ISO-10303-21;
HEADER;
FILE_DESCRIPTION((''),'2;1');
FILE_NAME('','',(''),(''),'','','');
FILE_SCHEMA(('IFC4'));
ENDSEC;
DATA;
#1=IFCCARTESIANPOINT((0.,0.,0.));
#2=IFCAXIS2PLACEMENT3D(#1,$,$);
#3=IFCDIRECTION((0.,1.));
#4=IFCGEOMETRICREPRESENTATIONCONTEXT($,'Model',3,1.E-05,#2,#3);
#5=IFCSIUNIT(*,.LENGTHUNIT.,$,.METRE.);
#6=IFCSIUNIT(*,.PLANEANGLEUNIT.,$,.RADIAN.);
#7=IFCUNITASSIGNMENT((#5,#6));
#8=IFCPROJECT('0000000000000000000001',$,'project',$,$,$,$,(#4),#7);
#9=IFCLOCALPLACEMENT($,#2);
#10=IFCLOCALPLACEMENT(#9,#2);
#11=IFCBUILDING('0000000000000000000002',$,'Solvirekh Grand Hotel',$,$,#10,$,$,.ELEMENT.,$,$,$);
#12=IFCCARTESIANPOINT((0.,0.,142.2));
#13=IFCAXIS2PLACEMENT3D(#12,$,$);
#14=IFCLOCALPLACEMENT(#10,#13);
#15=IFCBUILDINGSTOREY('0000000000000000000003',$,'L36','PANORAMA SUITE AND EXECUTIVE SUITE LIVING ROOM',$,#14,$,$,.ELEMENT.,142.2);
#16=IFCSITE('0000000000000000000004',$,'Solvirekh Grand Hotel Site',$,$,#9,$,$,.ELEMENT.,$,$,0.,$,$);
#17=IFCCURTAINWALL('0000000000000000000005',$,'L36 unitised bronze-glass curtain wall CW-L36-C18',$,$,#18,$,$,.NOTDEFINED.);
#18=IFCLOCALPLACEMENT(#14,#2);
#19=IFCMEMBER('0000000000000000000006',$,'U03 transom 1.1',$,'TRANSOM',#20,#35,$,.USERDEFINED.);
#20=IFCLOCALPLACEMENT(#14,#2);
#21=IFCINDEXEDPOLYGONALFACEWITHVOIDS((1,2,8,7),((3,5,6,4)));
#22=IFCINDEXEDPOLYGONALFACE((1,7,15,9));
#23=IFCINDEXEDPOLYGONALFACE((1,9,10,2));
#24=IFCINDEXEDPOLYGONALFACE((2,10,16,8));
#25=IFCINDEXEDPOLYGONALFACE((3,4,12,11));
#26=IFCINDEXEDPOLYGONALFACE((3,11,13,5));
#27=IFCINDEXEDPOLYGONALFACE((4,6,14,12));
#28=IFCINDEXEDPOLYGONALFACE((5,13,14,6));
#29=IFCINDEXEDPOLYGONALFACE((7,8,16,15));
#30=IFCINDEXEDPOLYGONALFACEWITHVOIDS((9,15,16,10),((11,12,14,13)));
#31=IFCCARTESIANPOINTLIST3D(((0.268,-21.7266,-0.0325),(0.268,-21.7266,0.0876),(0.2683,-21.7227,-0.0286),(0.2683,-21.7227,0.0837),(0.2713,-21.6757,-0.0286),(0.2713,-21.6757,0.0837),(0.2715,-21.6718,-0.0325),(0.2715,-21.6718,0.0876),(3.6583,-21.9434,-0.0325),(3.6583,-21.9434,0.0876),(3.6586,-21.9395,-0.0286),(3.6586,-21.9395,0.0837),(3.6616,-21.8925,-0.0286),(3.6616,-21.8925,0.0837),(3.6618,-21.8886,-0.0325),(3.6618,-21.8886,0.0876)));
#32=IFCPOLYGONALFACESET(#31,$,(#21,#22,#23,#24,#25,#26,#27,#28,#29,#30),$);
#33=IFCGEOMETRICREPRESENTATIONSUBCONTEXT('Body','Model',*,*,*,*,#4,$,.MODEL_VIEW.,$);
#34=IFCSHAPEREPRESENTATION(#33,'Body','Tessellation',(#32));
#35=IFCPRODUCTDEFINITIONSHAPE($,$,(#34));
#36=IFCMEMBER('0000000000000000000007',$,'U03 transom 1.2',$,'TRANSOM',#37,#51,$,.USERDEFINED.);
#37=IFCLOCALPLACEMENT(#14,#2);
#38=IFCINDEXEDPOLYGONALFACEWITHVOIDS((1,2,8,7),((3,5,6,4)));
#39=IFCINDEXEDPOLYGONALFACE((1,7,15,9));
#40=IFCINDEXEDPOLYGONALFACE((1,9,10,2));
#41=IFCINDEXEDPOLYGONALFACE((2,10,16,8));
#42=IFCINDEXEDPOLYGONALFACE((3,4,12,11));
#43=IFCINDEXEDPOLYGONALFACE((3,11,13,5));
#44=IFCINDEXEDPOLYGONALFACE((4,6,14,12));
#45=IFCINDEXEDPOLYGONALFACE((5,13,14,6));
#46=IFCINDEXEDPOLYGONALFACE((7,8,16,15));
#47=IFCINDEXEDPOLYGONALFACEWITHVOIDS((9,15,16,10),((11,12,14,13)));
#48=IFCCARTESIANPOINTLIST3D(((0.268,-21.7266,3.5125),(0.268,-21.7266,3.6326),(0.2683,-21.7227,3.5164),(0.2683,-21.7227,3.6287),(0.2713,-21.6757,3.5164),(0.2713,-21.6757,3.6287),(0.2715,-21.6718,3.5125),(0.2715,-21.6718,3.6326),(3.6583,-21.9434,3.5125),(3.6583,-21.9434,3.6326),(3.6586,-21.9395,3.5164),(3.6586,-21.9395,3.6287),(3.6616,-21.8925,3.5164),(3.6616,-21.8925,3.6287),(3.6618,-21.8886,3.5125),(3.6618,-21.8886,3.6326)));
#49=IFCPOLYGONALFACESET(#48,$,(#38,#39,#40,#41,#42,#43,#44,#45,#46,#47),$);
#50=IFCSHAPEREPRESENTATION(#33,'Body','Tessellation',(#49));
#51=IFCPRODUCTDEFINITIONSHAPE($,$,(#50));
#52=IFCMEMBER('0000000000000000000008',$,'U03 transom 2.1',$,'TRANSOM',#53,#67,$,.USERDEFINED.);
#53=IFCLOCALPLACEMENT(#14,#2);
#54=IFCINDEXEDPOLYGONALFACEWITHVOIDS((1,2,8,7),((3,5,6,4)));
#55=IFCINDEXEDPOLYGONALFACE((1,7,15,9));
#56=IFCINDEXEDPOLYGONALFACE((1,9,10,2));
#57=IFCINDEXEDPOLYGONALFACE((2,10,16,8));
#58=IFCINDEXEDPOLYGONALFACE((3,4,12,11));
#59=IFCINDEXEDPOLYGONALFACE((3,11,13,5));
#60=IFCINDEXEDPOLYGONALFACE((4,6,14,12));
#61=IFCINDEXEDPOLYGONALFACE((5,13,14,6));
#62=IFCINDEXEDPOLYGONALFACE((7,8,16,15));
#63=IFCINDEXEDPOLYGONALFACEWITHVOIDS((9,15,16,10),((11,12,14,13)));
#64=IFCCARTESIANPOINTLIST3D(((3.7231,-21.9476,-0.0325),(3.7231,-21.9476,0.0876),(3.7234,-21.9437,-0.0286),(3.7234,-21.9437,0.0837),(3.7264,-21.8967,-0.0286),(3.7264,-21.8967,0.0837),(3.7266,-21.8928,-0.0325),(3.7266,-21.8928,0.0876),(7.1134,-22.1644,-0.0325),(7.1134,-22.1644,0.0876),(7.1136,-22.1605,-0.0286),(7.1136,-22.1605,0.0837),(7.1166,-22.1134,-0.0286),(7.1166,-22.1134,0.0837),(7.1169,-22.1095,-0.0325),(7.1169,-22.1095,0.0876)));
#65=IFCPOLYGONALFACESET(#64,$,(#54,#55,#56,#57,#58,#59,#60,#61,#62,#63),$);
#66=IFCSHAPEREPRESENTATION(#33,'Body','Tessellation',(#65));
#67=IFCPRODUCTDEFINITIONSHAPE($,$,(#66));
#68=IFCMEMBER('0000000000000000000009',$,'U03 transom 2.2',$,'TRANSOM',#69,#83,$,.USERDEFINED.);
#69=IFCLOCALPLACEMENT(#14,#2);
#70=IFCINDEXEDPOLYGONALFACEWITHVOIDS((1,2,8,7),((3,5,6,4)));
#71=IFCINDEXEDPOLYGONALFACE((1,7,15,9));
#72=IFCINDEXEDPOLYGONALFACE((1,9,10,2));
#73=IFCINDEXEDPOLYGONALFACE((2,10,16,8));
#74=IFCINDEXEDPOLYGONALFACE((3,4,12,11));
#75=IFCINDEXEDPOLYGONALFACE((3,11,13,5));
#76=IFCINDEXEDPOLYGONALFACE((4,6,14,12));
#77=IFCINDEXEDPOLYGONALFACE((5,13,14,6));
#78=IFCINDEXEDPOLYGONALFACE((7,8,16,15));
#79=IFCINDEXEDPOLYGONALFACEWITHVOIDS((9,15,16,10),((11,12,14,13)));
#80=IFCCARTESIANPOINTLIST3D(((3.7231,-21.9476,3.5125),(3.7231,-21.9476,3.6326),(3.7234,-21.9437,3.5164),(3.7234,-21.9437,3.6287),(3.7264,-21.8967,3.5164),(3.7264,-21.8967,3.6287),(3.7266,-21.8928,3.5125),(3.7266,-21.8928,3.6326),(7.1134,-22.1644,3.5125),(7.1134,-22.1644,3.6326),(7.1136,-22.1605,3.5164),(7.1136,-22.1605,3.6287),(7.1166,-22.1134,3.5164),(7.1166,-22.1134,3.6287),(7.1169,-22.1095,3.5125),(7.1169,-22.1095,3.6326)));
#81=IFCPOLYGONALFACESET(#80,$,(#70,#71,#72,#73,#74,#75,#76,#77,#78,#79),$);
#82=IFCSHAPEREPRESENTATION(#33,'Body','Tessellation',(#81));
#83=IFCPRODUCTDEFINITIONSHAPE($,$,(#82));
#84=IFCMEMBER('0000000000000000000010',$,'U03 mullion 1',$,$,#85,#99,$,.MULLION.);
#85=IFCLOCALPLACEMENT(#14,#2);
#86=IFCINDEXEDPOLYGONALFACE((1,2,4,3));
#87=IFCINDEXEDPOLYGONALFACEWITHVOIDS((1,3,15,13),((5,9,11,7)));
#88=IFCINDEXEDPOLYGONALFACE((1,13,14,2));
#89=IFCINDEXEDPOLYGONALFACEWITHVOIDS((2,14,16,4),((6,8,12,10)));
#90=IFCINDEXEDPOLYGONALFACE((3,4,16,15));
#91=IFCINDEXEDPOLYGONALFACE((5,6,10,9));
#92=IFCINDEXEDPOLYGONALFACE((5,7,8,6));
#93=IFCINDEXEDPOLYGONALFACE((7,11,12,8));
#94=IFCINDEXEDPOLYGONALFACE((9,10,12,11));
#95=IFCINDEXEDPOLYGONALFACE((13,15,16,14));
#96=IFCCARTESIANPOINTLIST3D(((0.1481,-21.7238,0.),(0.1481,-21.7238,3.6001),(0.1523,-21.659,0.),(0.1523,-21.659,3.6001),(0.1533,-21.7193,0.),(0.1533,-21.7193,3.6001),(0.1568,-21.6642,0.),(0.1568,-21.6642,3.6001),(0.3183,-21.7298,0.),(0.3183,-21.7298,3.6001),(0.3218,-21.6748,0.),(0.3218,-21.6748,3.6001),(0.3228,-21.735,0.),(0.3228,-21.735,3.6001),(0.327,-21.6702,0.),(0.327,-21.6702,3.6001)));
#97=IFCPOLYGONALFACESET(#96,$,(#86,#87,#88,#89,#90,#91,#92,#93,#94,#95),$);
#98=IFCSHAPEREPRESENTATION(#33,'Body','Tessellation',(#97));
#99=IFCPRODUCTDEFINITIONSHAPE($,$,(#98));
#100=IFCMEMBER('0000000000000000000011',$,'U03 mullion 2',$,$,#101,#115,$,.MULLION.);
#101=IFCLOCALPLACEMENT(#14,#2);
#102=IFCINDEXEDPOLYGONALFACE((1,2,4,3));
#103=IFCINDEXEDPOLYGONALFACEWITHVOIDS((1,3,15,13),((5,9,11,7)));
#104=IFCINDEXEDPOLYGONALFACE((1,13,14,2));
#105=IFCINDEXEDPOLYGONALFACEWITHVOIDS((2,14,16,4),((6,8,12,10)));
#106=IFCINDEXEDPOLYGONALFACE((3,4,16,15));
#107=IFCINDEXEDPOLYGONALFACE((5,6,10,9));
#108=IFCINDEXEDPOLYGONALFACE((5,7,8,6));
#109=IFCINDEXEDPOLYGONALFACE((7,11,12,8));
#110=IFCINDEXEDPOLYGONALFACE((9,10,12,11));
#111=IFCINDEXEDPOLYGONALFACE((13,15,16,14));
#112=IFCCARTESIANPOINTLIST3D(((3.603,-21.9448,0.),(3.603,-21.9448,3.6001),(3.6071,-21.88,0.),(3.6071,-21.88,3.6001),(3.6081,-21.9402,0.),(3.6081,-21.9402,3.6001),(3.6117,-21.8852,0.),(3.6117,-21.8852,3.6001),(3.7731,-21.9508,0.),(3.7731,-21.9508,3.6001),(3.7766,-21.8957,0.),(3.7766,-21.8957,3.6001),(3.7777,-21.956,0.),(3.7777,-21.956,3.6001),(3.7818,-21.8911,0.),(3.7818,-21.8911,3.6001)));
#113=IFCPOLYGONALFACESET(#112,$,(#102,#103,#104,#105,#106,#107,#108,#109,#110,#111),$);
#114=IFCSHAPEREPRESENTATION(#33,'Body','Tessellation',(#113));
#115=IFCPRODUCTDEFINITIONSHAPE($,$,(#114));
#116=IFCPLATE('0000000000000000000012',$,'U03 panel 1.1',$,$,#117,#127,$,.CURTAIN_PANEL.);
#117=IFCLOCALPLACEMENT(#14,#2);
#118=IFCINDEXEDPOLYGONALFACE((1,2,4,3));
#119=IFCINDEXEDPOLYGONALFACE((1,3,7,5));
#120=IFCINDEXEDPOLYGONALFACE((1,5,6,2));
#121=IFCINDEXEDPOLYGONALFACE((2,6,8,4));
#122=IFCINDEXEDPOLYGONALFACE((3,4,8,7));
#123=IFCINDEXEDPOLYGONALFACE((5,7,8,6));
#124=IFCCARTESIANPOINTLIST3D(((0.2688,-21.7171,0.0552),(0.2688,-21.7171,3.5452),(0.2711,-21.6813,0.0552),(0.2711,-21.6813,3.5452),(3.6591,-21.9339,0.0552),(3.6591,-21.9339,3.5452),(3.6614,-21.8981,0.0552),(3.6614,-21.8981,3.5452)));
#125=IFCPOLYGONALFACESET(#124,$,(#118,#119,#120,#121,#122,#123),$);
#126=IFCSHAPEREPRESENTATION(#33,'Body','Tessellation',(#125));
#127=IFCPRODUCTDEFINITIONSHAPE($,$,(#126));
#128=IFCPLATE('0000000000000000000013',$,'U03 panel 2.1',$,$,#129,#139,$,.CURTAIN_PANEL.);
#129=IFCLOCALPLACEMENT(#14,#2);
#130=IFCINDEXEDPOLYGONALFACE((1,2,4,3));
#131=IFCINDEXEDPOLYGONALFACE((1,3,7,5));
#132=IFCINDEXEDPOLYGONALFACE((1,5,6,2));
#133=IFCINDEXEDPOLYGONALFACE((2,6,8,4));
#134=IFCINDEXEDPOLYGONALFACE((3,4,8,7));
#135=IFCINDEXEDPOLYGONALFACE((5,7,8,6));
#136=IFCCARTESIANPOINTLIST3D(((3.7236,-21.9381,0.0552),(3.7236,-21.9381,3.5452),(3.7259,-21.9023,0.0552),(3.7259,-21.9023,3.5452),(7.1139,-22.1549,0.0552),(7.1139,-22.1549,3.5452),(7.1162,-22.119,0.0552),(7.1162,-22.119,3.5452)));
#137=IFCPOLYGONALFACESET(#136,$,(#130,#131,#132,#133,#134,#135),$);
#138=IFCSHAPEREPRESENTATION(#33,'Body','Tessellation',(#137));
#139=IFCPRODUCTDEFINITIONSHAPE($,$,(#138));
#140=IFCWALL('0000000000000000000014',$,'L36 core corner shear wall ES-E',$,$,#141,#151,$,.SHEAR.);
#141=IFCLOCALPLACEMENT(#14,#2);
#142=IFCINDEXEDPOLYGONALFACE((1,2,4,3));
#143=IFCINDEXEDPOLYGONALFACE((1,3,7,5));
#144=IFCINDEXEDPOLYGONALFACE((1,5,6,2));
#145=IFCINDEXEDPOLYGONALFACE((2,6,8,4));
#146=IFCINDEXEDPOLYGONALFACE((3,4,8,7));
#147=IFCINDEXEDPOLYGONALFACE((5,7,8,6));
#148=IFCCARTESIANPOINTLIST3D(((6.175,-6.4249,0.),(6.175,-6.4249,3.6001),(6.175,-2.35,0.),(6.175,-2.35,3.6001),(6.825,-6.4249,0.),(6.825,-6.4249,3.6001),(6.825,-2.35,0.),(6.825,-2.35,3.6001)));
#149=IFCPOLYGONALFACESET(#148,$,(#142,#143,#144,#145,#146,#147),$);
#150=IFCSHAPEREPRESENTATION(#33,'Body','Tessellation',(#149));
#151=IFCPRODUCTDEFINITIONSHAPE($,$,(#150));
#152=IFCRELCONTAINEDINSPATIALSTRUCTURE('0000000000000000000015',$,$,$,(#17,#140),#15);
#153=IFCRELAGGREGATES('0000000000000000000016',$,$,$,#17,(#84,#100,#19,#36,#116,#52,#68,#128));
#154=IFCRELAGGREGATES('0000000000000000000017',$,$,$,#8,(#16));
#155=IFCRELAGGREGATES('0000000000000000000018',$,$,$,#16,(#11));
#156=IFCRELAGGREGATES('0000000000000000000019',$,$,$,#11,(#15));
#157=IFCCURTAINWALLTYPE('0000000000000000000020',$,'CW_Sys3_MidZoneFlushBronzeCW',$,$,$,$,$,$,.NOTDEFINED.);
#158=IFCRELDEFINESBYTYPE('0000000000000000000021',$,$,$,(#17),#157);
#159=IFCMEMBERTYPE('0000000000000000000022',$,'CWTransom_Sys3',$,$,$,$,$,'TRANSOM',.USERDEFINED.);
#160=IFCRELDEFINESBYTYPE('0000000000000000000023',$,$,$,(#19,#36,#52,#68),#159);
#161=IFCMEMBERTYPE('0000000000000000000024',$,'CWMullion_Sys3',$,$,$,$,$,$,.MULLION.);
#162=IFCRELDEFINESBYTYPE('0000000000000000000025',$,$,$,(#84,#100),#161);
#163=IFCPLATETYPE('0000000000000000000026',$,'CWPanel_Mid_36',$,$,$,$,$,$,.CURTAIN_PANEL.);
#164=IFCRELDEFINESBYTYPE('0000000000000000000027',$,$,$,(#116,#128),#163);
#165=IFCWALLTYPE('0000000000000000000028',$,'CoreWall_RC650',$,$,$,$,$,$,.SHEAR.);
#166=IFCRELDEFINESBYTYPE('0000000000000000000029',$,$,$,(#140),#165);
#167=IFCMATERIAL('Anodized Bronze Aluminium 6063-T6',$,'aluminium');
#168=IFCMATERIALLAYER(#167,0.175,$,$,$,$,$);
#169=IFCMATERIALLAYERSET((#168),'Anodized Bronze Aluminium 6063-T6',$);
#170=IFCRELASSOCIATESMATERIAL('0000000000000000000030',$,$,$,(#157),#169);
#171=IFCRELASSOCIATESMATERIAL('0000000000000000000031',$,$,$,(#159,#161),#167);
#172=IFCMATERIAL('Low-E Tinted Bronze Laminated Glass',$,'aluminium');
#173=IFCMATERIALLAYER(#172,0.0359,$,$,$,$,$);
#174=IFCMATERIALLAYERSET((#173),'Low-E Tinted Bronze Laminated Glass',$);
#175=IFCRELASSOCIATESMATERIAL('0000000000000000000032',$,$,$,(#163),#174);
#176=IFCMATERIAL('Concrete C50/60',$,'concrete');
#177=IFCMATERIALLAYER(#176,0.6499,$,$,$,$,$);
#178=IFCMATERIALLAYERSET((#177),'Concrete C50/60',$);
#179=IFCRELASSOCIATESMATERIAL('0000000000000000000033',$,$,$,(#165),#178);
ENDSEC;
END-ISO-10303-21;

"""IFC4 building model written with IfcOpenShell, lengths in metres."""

from ifc_helpers import new_model, si_unit, direction, frame, frame_2d, origin, origin_2d, place, context, subcontext, project, spatial, rectangle, hollow_rectangle, extrude, source, transform, mapped, material, layer, layer_set, material_profile, profile_set, type_object, element, aggregate, save


model = new_model("IFC4")

# Units and contexts
model_context = context("Model", 3, precision=1e-05, world=origin(), true_north=direction((0.0, 1.0)))
body_context = subcontext(model_context, "Body", "Model", "MODEL_VIEW")
ifc_project = project(units=[si_unit("LENGTHUNIT", "METRE"), si_unit("PLANEANGLEUNIT", "RADIAN")], contexts=[model_context])

# Site, building, storey
site_placement = place(None, origin())
site = spatial("IfcSite", under=ifc_project, at=site_placement, Name="Solvirekh Grand Hotel Site", CompositionType="ELEMENT", RefElevation=0.0)
building_placement = place(site_placement, origin())
building = spatial("IfcBuilding", under=site, at=building_placement, Name="Solvirekh Grand Hotel", CompositionType="ELEMENT")
storey_placement = place(building_placement, frame((0.0, 0.0, 142.2)))
storey = spatial("IfcBuildingStorey", under=building, at=storey_placement, Name="L36", Description="PANORAMA SUITE AND EXECUTIVE SUITE LIVING ROOM", CompositionType="ELEMENT", Elevation=142.2)

# Curtain wall, members, plates
ifc_material_1 = material(Name="Anodized Bronze Aluminium 6063-T6", Category="aluminium")
ifc_layer_1 = layer(ifc_material_1, 0.175)
ifc_layer_set_1 = layer_set([ifc_layer_1], Name="Anodized Bronze Aluminium 6063-T6")
curtain_wall_type = type_object("IfcCurtainWallType", Name="CW_Sys3_MidZoneFlushBronzeCW", PredefinedType="NOTDEFINED", material=ifc_layer_set_1)
curtain_wall_placement = place(storey_placement, origin())
curtain_wall = element("IfcCurtainWall", 1, at=curtain_wall_placement, inside=storey, type_object=curtain_wall_type, Name="L36 unitised bronze-glass curtain wall CW-L36-C18", PredefinedType="NOTDEFINED")
ifc_material_profile_1 = material_profile(ifc_material_1, hollow_rectangle(XDim=0.0549, YDim=0.1201, WallThickness=0.0039, at=origin_2d()), Name="ALU RHS 120X55X4")
ifc_profile_set_1 = profile_set([ifc_material_profile_1], Name="Anodized Bronze Aluminium 6063-T6")
member_type_1 = type_object("IfcMemberType", Name="CWTransom_Sys3", ElementType="TRANSOM", PredefinedType="USERDEFINED", material=ifc_profile_set_1)
shared_shape_1 = source(origin(), body_context, "Body", "SweptSolid", [
    extrude(hollow_rectangle(XDim=0.0549, YDim=0.1201, WallThickness=0.0039, at=origin_2d()), origin(), (0.0, 0.0, 1.0), 3.3972),
])
member_1_placement = place(storey_placement, frame((0.2698, -21.6992, 0.0276), z_axis=(0.997962, -0.063814, 0.0), x_axis=(0.063814, 0.997962, 0.0)))
member_1 = element("IfcMember", 2, at=member_1_placement, type_object=member_type_1, Name="U03 transom 1.1", ObjectType="TRANSOM", PredefinedType="USERDEFINED", context=body_context, shape_type="MappedRepresentation", body=[
    mapped(shared_shape_1, transform((0.0, 0.0, 0.0), x_axis=(1.0, 0.0, 0.0), y_axis=(0.0, 1.0, 0.0), z_axis=(0.0, 0.0, 1.0), scale=1.0)),
])
member_2_placement = place(storey_placement, frame((0.2698, -21.6992, 3.5725), z_axis=(0.997962, -0.063814, 0.0), x_axis=(0.063814, 0.997962, 0.0)))
member_2 = element("IfcMember", 3, at=member_2_placement, type_object=member_type_1, Name="U03 transom 1.2", ObjectType="TRANSOM", PredefinedType="USERDEFINED", context=body_context, shape_type="MappedRepresentation", body=[
    mapped(shared_shape_1, transform((0.0, 0.0, 0.0), x_axis=(1.0, 0.0, 0.0), y_axis=(0.0, 1.0, 0.0), z_axis=(0.0, 0.0, 1.0), scale=1.0)),
])
member_3_placement = place(storey_placement, frame((3.7249, -21.9202, 0.0276), z_axis=(0.997962, -0.063814, 0.0), x_axis=(0.063814, 0.997962, 0.0)))
member_3 = element("IfcMember", 4, at=member_3_placement, type_object=member_type_1, Name="U03 transom 2.1", ObjectType="TRANSOM", PredefinedType="USERDEFINED", context=body_context, shape_type="MappedRepresentation", body=[
    mapped(shared_shape_1, transform((0.0, 0.0, 0.0), x_axis=(1.0, 0.0, 0.0), y_axis=(0.0, 1.0, 0.0), z_axis=(0.0, 0.0, 1.0), scale=1.0)),
])
member_4_placement = place(storey_placement, frame((3.7249, -21.9202, 3.5725), z_axis=(0.997962, -0.063814, 0.0), x_axis=(0.063814, 0.997962, 0.0)))
member_4 = element("IfcMember", 5, at=member_4_placement, type_object=member_type_1, Name="U03 transom 2.2", ObjectType="TRANSOM", PredefinedType="USERDEFINED", context=body_context, shape_type="MappedRepresentation", body=[
    mapped(shared_shape_1, transform((0.0, 0.0, 0.0), x_axis=(1.0, 0.0, 0.0), y_axis=(0.0, 1.0, 0.0), z_axis=(0.0, 0.0, 1.0), scale=1.0)),
])
ifc_material_profile_2 = material_profile(ifc_material_1, hollow_rectangle(XDim=0.0649, YDim=0.175, WallThickness=0.0049, at=origin_2d()), Name="ALU RHS 175X65X5")
ifc_profile_set_2 = profile_set([ifc_material_profile_2], Name="Anodized Bronze Aluminium 6063-T6")
member_type_2 = type_object("IfcMemberType", Name="CWMullion_Sys3", PredefinedType="MULLION", material=ifc_profile_set_2)
shared_shape_2 = source(origin(), body_context, "Body", "SweptSolid", [
    extrude(hollow_rectangle(XDim=0.0649, YDim=0.175, WallThickness=0.0049, at=origin_2d()), origin(), (0.0, 0.0, 1.0), 3.6001),
])
member_5_placement = place(storey_placement, frame((0.2375, -21.697, 0.0), z_axis=(0.0, 0.0, 1.0), x_axis=(0.063812, 0.997962, 0.0)))
member_5 = element("IfcMember", 6, at=member_5_placement, type_object=member_type_2, Name="U03 mullion 1", PredefinedType="MULLION", context=body_context, shape_type="MappedRepresentation", body=[
    mapped(shared_shape_2, transform((0.0, 0.0, 0.0), x_axis=(1.0, 0.0, 0.0), y_axis=(0.0, 1.0, 0.0), z_axis=(0.0, 0.0, 1.0), scale=1.0)),
])
member_6_placement = place(storey_placement, frame((3.6924, -21.918, 0.0), z_axis=(0.0, 0.0, 1.0), x_axis=(0.063812, 0.997962, 0.0)))
member_6 = element("IfcMember", 7, at=member_6_placement, type_object=member_type_2, Name="U03 mullion 2", PredefinedType="MULLION", context=body_context, shape_type="MappedRepresentation", body=[
    mapped(shared_shape_2, transform((0.0, 0.0, 0.0), x_axis=(1.0, 0.0, 0.0), y_axis=(0.0, 1.0, 0.0), z_axis=(0.0, 0.0, 1.0), scale=1.0)),
])
ifc_material_2 = material(Name="Low-E Tinted Bronze Laminated Glass", Category="aluminium")
ifc_layer_2 = layer(ifc_material_2, 0.0359)
ifc_layer_set_2 = layer_set([ifc_layer_2], Name="Low-E Tinted Bronze Laminated Glass")
plate_type = type_object("IfcPlateType", Name="CWPanel_Mid_36", PredefinedType="CURTAIN_PANEL", material=ifc_layer_set_2)
shared_shape_3 = source(origin(), body_context, "Body", "SweptSolid", [
    extrude(rectangle(XDim=3.3972, YDim=0.0359, at=origin_2d()), origin(), (0.0, 0.0, 1.0), 3.49),
])
plate_1_placement = place(storey_placement, frame((1.9651, -21.8076, 0.0552), z_axis=(0.0, 0.0, 1.0), x_axis=(0.997962, -0.063812, 0.0)))
plate_1 = element("IfcPlate", 8, at=plate_1_placement, type_object=plate_type, Name="U03 panel 1.1", PredefinedType="CURTAIN_PANEL", context=body_context, shape_type="MappedRepresentation", body=[
    mapped(shared_shape_3, transform((0.0, 0.0, 0.0), x_axis=(1.0, 0.0, 0.0), y_axis=(0.0, 1.0, 0.0), z_axis=(0.0, 0.0, 1.0), scale=1.0)),
])
plate_2_placement = place(storey_placement, frame((5.4199, -22.0286, 0.0552), z_axis=(0.0, 0.0, 1.0), x_axis=(0.997962, -0.063812, 0.0)))
plate_2 = element("IfcPlate", 9, at=plate_2_placement, type_object=plate_type, Name="U03 panel 2.1", PredefinedType="CURTAIN_PANEL", context=body_context, shape_type="MappedRepresentation", body=[
    mapped(shared_shape_3, transform((0.0, 0.0, 0.0), x_axis=(1.0, 0.0, 0.0), y_axis=(0.0, 1.0, 0.0), z_axis=(0.0, 0.0, 1.0), scale=1.0)),
])
aggregate(curtain_wall, [member_5, member_6, member_1, member_2, plate_1, member_3, member_4, plate_2])

# Wall
ifc_material_3 = material(Name="Concrete C50/60", Category="concrete")
ifc_layer_3 = layer(ifc_material_3, 0.6499)
ifc_layer_set_3 = layer_set([ifc_layer_3], Name="Concrete C50/60")
wall_type_1 = type_object("IfcWallType", Name="CoreWall_RC650", PredefinedType="SHEAR", material=ifc_layer_set_3)
wall_1_placement = place(storey_placement, frame((6.5, -6.425, 0.0), z_axis=(0.0, 0.0, 1.0), x_axis=(0.0, 1.0, 0.0)))
element("IfcWall", 10, at=wall_1_placement, inside=storey, type_object=wall_type_1, Name="L36 core corner shear wall ES-E", PredefinedType="SHEAR", context=body_context, shape_type="SweptSolid", body=[
    extrude(rectangle(XDim=4.075, YDim=0.6499, at=frame_2d((2.0376, 0.0))), origin(), (0.0, 0.0, 1.0), 3.6001),
])

save(model, "model.ifc")
